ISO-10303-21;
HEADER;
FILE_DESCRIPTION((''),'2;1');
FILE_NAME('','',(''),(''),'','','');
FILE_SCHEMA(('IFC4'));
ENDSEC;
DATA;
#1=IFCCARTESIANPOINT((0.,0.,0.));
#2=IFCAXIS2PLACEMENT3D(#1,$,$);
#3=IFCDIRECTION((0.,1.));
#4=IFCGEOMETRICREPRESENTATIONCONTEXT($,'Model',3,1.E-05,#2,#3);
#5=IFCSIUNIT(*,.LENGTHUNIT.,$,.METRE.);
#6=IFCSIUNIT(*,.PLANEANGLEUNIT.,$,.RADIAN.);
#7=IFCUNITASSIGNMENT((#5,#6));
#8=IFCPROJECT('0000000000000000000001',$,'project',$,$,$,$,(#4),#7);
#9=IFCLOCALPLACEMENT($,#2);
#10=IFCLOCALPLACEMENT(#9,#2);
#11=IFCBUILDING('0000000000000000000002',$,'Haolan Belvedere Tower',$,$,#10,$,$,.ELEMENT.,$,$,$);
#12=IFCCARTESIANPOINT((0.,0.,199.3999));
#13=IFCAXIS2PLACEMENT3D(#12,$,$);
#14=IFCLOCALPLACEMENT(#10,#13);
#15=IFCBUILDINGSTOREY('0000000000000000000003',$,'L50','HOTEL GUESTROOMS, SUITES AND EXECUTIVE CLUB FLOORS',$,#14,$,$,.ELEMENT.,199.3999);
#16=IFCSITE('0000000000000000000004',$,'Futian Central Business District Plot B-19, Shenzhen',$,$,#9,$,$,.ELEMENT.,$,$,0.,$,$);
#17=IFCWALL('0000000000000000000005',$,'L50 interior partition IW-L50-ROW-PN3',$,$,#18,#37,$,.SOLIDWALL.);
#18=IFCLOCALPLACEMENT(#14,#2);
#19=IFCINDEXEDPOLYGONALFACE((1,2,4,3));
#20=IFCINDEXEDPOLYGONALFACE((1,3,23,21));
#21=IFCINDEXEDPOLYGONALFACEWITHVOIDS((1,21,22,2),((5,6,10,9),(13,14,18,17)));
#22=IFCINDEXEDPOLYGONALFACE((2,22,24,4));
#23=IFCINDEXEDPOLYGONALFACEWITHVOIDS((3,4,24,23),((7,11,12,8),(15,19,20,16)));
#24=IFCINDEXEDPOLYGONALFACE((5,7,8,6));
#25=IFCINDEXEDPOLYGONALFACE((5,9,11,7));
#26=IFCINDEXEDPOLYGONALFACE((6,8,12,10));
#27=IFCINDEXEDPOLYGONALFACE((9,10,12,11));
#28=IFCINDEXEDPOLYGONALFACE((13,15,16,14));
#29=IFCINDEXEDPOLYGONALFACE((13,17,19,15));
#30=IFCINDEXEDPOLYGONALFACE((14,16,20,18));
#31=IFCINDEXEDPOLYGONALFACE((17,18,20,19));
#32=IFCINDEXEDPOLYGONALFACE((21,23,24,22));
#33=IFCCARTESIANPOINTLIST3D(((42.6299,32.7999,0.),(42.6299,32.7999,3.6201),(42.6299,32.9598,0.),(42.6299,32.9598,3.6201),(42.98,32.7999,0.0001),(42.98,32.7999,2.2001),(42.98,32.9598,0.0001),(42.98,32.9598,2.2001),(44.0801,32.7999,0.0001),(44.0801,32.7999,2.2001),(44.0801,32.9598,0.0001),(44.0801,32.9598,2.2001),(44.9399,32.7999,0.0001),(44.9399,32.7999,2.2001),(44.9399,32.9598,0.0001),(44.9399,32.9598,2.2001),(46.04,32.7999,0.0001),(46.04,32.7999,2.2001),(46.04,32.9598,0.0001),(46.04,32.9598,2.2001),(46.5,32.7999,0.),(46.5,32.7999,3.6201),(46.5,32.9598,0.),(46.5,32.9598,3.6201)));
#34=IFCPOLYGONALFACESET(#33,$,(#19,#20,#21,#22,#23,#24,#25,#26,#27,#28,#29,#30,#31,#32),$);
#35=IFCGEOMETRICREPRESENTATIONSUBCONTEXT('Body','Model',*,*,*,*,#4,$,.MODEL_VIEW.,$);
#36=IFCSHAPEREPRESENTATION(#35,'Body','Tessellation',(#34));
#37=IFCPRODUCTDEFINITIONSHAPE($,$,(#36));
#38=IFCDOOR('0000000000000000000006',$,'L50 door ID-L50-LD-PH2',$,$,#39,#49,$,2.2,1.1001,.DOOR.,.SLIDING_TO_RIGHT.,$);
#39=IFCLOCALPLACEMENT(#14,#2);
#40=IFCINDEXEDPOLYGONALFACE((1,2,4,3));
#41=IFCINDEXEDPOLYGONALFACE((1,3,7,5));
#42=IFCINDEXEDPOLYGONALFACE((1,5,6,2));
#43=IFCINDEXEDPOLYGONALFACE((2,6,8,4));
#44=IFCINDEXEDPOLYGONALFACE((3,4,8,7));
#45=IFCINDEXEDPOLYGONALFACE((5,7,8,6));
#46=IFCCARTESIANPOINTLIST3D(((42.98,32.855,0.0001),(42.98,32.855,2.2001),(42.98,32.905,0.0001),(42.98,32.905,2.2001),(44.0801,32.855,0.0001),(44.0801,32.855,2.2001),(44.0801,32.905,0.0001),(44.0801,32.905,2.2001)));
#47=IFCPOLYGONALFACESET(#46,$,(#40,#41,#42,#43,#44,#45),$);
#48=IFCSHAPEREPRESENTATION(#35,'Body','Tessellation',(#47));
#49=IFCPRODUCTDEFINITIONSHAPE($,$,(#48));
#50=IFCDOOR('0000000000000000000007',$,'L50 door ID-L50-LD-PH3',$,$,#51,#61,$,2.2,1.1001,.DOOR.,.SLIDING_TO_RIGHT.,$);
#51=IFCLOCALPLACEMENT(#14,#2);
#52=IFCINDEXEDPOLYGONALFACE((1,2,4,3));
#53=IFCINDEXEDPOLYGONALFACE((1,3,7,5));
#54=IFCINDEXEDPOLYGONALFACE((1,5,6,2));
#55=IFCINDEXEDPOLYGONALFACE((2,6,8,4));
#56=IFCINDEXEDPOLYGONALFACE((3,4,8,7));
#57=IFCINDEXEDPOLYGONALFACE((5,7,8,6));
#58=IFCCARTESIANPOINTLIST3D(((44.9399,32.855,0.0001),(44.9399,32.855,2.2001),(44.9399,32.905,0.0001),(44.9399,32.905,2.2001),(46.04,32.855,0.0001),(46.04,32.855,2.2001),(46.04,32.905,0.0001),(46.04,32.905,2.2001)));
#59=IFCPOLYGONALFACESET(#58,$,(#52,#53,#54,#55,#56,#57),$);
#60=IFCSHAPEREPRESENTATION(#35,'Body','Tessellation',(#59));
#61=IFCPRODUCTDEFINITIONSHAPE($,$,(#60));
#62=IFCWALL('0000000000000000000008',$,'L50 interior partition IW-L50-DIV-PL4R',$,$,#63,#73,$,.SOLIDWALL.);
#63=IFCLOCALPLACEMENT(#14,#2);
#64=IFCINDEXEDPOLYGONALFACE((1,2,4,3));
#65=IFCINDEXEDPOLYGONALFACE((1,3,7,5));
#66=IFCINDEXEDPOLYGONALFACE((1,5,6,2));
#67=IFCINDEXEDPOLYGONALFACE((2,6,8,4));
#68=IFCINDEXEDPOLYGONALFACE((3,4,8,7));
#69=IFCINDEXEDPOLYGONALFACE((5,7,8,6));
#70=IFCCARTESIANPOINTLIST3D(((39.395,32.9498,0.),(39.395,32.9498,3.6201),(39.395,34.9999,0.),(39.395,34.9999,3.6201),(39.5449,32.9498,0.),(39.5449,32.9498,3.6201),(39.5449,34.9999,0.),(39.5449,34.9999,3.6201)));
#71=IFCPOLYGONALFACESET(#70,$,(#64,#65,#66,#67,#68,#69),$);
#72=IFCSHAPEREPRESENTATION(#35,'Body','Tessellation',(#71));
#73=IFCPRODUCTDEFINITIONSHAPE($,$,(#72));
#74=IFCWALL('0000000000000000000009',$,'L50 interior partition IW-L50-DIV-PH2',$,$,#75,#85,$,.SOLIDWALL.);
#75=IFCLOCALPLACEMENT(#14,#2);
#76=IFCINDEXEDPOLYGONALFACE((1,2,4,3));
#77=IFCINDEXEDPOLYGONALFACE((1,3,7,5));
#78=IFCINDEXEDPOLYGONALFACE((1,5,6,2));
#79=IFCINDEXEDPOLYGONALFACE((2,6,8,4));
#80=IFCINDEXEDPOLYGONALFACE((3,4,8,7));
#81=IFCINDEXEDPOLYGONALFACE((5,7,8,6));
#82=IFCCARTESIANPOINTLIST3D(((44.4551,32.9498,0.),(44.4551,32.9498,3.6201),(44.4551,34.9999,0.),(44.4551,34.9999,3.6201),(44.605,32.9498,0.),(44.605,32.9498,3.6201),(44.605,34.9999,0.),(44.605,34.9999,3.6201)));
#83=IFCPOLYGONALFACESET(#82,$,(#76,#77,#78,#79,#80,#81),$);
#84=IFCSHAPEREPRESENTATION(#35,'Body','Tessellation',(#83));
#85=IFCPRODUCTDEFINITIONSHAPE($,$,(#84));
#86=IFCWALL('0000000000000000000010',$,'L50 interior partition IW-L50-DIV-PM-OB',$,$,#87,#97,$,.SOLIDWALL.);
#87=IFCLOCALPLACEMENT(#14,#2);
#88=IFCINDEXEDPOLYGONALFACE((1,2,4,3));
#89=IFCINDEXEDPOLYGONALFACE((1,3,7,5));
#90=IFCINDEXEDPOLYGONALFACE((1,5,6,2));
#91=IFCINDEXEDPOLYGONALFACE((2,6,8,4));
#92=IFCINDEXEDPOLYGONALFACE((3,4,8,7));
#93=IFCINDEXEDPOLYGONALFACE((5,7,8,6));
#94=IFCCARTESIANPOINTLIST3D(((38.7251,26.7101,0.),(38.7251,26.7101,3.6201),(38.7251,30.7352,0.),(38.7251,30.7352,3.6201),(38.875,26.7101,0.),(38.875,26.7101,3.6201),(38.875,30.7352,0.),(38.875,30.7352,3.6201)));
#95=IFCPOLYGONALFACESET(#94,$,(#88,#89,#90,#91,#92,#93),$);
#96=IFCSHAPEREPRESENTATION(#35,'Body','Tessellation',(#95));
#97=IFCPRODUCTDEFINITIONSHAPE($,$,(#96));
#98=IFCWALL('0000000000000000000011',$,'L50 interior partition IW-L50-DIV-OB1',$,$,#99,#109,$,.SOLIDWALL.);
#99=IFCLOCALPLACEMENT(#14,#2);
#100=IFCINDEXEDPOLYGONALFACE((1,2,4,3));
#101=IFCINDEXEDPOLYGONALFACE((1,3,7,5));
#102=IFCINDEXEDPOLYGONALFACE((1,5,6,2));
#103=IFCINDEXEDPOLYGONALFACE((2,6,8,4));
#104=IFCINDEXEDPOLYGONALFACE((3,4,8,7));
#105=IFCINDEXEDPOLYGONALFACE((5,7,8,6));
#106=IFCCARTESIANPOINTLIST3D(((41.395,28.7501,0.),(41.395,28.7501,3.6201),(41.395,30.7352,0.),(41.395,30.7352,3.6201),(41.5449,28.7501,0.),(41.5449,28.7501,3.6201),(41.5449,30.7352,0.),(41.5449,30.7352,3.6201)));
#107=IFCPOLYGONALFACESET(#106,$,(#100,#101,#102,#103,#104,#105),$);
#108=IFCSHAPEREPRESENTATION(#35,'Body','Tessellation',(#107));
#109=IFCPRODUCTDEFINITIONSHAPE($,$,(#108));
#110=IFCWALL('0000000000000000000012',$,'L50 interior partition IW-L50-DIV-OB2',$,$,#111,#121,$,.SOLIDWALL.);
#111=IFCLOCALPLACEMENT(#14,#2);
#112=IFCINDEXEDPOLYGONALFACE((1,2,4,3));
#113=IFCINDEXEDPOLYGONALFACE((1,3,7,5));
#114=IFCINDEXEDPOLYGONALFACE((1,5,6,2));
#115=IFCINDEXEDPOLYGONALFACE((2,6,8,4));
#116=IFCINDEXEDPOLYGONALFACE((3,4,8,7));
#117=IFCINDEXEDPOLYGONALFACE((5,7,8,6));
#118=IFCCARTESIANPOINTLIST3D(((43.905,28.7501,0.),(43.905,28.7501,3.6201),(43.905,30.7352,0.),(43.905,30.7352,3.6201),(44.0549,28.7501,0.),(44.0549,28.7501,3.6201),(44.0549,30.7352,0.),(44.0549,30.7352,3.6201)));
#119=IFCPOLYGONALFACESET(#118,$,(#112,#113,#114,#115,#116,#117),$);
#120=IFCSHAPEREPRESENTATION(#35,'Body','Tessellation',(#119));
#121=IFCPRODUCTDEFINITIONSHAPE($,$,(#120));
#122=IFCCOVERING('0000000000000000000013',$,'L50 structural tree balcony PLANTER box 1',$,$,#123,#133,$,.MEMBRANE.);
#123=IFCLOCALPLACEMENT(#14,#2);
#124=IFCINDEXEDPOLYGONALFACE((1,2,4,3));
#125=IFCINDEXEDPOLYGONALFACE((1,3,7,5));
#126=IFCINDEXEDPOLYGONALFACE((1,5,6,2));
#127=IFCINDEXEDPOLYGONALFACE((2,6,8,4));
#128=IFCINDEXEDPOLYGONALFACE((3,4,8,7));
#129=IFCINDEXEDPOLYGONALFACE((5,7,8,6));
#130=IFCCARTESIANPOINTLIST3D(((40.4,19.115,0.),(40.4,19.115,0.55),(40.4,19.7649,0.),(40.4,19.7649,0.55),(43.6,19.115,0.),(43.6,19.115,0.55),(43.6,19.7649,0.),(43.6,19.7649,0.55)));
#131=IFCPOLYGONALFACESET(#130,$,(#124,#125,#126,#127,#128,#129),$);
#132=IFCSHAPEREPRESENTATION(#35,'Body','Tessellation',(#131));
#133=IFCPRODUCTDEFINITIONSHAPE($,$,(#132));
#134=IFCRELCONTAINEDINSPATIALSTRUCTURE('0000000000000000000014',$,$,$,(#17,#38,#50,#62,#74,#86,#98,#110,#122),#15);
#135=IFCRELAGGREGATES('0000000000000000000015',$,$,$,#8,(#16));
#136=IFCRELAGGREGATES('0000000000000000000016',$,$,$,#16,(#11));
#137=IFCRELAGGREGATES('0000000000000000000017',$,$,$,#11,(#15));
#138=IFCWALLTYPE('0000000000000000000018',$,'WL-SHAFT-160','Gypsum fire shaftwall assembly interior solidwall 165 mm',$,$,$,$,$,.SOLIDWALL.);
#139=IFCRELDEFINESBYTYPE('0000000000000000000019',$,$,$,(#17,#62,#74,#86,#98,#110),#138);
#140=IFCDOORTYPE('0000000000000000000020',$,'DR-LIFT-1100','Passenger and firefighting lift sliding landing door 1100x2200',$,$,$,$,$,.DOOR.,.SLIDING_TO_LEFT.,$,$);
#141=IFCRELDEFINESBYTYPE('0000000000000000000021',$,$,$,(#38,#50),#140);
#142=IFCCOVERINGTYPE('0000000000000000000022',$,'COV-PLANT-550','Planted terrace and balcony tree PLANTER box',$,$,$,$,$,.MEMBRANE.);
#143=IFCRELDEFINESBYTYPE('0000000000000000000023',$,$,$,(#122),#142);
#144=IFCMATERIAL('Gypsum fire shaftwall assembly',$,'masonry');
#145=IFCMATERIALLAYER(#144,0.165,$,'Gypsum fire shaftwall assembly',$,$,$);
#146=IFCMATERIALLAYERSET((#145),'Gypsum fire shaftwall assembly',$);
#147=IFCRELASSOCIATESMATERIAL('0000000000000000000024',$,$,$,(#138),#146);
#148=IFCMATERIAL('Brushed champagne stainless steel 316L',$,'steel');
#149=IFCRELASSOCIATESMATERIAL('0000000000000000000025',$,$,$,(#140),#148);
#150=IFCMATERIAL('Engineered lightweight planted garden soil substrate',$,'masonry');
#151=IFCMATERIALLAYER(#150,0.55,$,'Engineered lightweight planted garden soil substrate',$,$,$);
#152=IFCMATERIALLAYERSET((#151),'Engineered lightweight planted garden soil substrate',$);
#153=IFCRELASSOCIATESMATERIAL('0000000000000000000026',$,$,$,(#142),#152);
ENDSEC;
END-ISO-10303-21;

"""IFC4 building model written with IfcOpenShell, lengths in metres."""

from ifc_helpers import new_model, si_unit, direction, frame, frame_2d, origin, origin_2d, place, context, subcontext, project, spatial, rectangle, extrude, material, layer, layer_set, type_object, element, fill, save


model = new_model("IFC4")

# Units and contexts
model_context = context("Model", 3, precision=1e-05, world=origin(), true_north=direction((0.0, 1.0)))
body_context = subcontext(model_context, "Body", "Model", "MODEL_VIEW")
ifc_project = project(units=[si_unit("LENGTHUNIT", "METRE"), si_unit("PLANEANGLEUNIT", "RADIAN")], contexts=[model_context])

# Site, building, storey
site_placement = place(None, origin())
site = spatial("IfcSite", under=ifc_project, at=site_placement, Name="Futian Central Business District Plot B-19, Shenzhen", CompositionType="ELEMENT", RefElevation=0.0)
building_placement = place(site_placement, origin())
building = spatial("IfcBuilding", under=site, at=building_placement, Name="Haolan Belvedere Tower", CompositionType="ELEMENT")
storey_placement = place(building_placement, frame((0.0, 0.0, 199.3999)))
storey = spatial("IfcBuildingStorey", under=building, at=storey_placement, Name="L50", Description="HOTEL GUESTROOMS, SUITES AND EXECUTIVE CLUB FLOORS", CompositionType="ELEMENT", Elevation=199.3999)

# Shared definitions
ifc_material_1 = material(Name="Gypsum fire shaftwall assembly", Category="masonry")
ifc_layer_1 = layer(ifc_material_1, 0.165, Name="Gypsum fire shaftwall assembly")
ifc_layer_set_1 = layer_set([ifc_layer_1], Name="Gypsum fire shaftwall assembly")
wall_type_1 = type_object("IfcWallType", Name="WL-SHAFT-160", Description="Gypsum fire shaftwall assembly interior solidwall 165 mm", PredefinedType="SOLIDWALL", material=ifc_layer_set_1)

# Wall, openings, doors
wall_1_placement = place(storey_placement, frame((42.6299, 32.8799, 0.0), z_axis=(0.0, 0.0, 1.0), x_axis=(1.0, 0.0, 0.0)))
wall_1 = element("IfcWall", 1, at=wall_1_placement, inside=storey, type_object=wall_type_1, Name="L50 interior partition IW-L50-ROW-PN3", PredefinedType="SOLIDWALL", context=body_context, shape_type="SweptSolid", body=[
    extrude(rectangle(XDim=3.8701, YDim=0.1599, at=frame_2d((1.9351, 0.0))), origin(), (0.0, 0.0, 1.0), 3.6201),
])
opening_1_placement = place(wall_1_placement, frame((1.4502, 0.0, 0.0), z_axis=(0.0, 0.0, 1.0), x_axis=(-1.0, 0.0, 0.0)))
opening_1 = element("IfcOpeningElement", 2, at=opening_1_placement, cuts=wall_1, PredefinedType="OPENING", context=body_context, shape_type="SweptSolid", body=[
    extrude(rectangle(XDim=1.1001, YDim=2.2, at=frame_2d((0.55, 1.1001))), frame((0.0, 0.0898, 0.0), z_axis=(0.0, -1.0, 0.0), x_axis=(1.0, 0.0, 0.0)), (0.0, 0.0, 1.0), 0.1799),
])
opening_2_placement = place(wall_1_placement, frame((3.4102, 0.0, 0.0), z_axis=(0.0, 0.0, 1.0), x_axis=(-1.0, 0.0, 0.0)))
opening_2 = element("IfcOpeningElement", 3, at=opening_2_placement, cuts=wall_1, PredefinedType="OPENING", context=body_context, shape_type="SweptSolid", body=[
    extrude(rectangle(XDim=1.1001, YDim=2.2, at=frame_2d((0.55, 1.1001))), frame((0.0, 0.0898, 0.0), z_axis=(0.0, -1.0, 0.0), x_axis=(1.0, 0.0, 0.0)), (0.0, 0.0, 1.0), 0.1799),
])
ifc_material_2 = material(Name="Brushed champagne stainless steel 316L", Category="steel")
door_type_1 = type_object("IfcDoorType", Name="DR-LIFT-1100", Description="Passenger and firefighting lift sliding landing door 1100x2200", OperationType="SLIDING_TO_LEFT", PredefinedType="DOOR", material=ifc_material_2)
door_1_placement = place(opening_1_placement, origin())
door_1 = element("IfcDoor", 4, at=door_1_placement, inside=storey, type_object=door_type_1, Name="L50 door ID-L50-LD-PH2", OperationType="SLIDING_TO_RIGHT", OverallHeight=2.2, OverallWidth=1.1001, PredefinedType="DOOR", context=body_context, shape_type="SweptSolid", body=[
    extrude(rectangle(XDim=1.1001, YDim=2.2, at=frame_2d((0.55, 1.1001))), frame((0.0, 0.0249, 0.0), z_axis=(0.0, -1.0, 0.0), x_axis=(1.0, 0.0, 0.0)), (0.0, 0.0, 1.0), 0.05),
])
fill(opening_1, door_1)
door_2_placement = place(opening_2_placement, origin())
door_2 = element("IfcDoor", 5, at=door_2_placement, inside=storey, type_object=door_type_1, Name="L50 door ID-L50-LD-PH3", OperationType="SLIDING_TO_RIGHT", OverallHeight=2.2, OverallWidth=1.1001, PredefinedType="DOOR", context=body_context, shape_type="SweptSolid", body=[
    extrude(rectangle(XDim=1.1001, YDim=2.2, at=frame_2d((0.55, 1.1001))), frame((0.0, 0.0249, 0.0), z_axis=(0.0, -1.0, 0.0), x_axis=(1.0, 0.0, 0.0)), (0.0, 0.0, 1.0), 0.05),
])
fill(opening_2, door_2)

# Walls
for number, where, z_axis, x_axis, name in (
    (6, (39.47, 32.95, 0.0), (0.0, 0.0, 1.0), (0.0, 1.0, 0.0), "L50 interior partition IW-L50-DIV-PL4R"),
    (7, (44.53, 32.95, 0.0), (0.0, 0.0, 1.0), (0.0, 1.0, 0.0), "L50 interior partition IW-L50-DIV-PH2"),
):
    element("IfcWall", number, at=place(storey_placement, frame(where, z_axis=z_axis, x_axis=x_axis)), inside=storey, type_object=wall_type_1, Name=name, PredefinedType="SOLIDWALL", context=body_context, shape_type="SweptSolid", body=[
        extrude(rectangle(XDim=2.05, YDim=0.1499, at=frame_2d((1.0249, 0.0))), origin(), (0.0, 0.0, 1.0), 3.6201),
    ])
wall_2_placement = place(storey_placement, frame((38.8, 26.71, 0.0), z_axis=(0.0, 0.0, 1.0), x_axis=(0.0, 1.0, 0.0)))
element("IfcWall", 8, at=wall_2_placement, inside=storey, type_object=wall_type_1, Name="L50 interior partition IW-L50-DIV-PM-OB", PredefinedType="SOLIDWALL", context=body_context, shape_type="SweptSolid", body=[
    extrude(rectangle(XDim=4.0251, YDim=0.1499, at=frame_2d((2.0127, 0.0))), origin(), (0.0, 0.0, 1.0), 3.6201),
])
for number, where, z_axis, x_axis, name in (
    (9, (41.47, 28.75, 0.0), (0.0, 0.0, 1.0), (0.0, 1.0, 0.0), "L50 interior partition IW-L50-DIV-OB1"),
    (10, (43.98, 28.75, 0.0), (0.0, 0.0, 1.0), (0.0, 1.0, 0.0), "L50 interior partition IW-L50-DIV-OB2"),
):
    element("IfcWall", number, at=place(storey_placement, frame(where, z_axis=z_axis, x_axis=x_axis)), inside=storey, type_object=wall_type_1, Name=name, PredefinedType="SOLIDWALL", context=body_context, shape_type="SweptSolid", body=[
        extrude(rectangle(XDim=1.9851, YDim=0.1499, at=frame_2d((0.9927, 0.0))), origin(), (0.0, 0.0, 1.0), 3.6201),
    ])

# Covering
ifc_material_3 = material(Name="Engineered lightweight planted garden soil substrate", Category="masonry")
ifc_layer_2 = layer(ifc_material_3, 0.55, Name="Engineered lightweight planted garden soil substrate")
ifc_layer_set_2 = layer_set([ifc_layer_2], Name="Engineered lightweight planted garden soil substrate")
covering_type = type_object("IfcCoveringType", Name="COV-PLANT-550", Description="Planted terrace and balcony tree PLANTER box", PredefinedType="MEMBRANE", material=ifc_layer_set_2)
covering_placement = place(storey_placement, frame((42.0, 19.4399, 0.0), z_axis=(0.0, 0.0, 1.0), x_axis=(1.0, 0.0, 0.0)))
element("IfcCovering", 11, at=covering_placement, inside=storey, type_object=covering_type, Name="L50 structural tree balcony PLANTER box 1", PredefinedType="MEMBRANE", context=body_context, shape_type="SweptSolid", body=[
    extrude(rectangle(XDim=3.2, YDim=0.6499, at=origin_2d()), origin(), (0.0, 0.0, 1.0), 0.55),
])

save(model, "model.ifc")
